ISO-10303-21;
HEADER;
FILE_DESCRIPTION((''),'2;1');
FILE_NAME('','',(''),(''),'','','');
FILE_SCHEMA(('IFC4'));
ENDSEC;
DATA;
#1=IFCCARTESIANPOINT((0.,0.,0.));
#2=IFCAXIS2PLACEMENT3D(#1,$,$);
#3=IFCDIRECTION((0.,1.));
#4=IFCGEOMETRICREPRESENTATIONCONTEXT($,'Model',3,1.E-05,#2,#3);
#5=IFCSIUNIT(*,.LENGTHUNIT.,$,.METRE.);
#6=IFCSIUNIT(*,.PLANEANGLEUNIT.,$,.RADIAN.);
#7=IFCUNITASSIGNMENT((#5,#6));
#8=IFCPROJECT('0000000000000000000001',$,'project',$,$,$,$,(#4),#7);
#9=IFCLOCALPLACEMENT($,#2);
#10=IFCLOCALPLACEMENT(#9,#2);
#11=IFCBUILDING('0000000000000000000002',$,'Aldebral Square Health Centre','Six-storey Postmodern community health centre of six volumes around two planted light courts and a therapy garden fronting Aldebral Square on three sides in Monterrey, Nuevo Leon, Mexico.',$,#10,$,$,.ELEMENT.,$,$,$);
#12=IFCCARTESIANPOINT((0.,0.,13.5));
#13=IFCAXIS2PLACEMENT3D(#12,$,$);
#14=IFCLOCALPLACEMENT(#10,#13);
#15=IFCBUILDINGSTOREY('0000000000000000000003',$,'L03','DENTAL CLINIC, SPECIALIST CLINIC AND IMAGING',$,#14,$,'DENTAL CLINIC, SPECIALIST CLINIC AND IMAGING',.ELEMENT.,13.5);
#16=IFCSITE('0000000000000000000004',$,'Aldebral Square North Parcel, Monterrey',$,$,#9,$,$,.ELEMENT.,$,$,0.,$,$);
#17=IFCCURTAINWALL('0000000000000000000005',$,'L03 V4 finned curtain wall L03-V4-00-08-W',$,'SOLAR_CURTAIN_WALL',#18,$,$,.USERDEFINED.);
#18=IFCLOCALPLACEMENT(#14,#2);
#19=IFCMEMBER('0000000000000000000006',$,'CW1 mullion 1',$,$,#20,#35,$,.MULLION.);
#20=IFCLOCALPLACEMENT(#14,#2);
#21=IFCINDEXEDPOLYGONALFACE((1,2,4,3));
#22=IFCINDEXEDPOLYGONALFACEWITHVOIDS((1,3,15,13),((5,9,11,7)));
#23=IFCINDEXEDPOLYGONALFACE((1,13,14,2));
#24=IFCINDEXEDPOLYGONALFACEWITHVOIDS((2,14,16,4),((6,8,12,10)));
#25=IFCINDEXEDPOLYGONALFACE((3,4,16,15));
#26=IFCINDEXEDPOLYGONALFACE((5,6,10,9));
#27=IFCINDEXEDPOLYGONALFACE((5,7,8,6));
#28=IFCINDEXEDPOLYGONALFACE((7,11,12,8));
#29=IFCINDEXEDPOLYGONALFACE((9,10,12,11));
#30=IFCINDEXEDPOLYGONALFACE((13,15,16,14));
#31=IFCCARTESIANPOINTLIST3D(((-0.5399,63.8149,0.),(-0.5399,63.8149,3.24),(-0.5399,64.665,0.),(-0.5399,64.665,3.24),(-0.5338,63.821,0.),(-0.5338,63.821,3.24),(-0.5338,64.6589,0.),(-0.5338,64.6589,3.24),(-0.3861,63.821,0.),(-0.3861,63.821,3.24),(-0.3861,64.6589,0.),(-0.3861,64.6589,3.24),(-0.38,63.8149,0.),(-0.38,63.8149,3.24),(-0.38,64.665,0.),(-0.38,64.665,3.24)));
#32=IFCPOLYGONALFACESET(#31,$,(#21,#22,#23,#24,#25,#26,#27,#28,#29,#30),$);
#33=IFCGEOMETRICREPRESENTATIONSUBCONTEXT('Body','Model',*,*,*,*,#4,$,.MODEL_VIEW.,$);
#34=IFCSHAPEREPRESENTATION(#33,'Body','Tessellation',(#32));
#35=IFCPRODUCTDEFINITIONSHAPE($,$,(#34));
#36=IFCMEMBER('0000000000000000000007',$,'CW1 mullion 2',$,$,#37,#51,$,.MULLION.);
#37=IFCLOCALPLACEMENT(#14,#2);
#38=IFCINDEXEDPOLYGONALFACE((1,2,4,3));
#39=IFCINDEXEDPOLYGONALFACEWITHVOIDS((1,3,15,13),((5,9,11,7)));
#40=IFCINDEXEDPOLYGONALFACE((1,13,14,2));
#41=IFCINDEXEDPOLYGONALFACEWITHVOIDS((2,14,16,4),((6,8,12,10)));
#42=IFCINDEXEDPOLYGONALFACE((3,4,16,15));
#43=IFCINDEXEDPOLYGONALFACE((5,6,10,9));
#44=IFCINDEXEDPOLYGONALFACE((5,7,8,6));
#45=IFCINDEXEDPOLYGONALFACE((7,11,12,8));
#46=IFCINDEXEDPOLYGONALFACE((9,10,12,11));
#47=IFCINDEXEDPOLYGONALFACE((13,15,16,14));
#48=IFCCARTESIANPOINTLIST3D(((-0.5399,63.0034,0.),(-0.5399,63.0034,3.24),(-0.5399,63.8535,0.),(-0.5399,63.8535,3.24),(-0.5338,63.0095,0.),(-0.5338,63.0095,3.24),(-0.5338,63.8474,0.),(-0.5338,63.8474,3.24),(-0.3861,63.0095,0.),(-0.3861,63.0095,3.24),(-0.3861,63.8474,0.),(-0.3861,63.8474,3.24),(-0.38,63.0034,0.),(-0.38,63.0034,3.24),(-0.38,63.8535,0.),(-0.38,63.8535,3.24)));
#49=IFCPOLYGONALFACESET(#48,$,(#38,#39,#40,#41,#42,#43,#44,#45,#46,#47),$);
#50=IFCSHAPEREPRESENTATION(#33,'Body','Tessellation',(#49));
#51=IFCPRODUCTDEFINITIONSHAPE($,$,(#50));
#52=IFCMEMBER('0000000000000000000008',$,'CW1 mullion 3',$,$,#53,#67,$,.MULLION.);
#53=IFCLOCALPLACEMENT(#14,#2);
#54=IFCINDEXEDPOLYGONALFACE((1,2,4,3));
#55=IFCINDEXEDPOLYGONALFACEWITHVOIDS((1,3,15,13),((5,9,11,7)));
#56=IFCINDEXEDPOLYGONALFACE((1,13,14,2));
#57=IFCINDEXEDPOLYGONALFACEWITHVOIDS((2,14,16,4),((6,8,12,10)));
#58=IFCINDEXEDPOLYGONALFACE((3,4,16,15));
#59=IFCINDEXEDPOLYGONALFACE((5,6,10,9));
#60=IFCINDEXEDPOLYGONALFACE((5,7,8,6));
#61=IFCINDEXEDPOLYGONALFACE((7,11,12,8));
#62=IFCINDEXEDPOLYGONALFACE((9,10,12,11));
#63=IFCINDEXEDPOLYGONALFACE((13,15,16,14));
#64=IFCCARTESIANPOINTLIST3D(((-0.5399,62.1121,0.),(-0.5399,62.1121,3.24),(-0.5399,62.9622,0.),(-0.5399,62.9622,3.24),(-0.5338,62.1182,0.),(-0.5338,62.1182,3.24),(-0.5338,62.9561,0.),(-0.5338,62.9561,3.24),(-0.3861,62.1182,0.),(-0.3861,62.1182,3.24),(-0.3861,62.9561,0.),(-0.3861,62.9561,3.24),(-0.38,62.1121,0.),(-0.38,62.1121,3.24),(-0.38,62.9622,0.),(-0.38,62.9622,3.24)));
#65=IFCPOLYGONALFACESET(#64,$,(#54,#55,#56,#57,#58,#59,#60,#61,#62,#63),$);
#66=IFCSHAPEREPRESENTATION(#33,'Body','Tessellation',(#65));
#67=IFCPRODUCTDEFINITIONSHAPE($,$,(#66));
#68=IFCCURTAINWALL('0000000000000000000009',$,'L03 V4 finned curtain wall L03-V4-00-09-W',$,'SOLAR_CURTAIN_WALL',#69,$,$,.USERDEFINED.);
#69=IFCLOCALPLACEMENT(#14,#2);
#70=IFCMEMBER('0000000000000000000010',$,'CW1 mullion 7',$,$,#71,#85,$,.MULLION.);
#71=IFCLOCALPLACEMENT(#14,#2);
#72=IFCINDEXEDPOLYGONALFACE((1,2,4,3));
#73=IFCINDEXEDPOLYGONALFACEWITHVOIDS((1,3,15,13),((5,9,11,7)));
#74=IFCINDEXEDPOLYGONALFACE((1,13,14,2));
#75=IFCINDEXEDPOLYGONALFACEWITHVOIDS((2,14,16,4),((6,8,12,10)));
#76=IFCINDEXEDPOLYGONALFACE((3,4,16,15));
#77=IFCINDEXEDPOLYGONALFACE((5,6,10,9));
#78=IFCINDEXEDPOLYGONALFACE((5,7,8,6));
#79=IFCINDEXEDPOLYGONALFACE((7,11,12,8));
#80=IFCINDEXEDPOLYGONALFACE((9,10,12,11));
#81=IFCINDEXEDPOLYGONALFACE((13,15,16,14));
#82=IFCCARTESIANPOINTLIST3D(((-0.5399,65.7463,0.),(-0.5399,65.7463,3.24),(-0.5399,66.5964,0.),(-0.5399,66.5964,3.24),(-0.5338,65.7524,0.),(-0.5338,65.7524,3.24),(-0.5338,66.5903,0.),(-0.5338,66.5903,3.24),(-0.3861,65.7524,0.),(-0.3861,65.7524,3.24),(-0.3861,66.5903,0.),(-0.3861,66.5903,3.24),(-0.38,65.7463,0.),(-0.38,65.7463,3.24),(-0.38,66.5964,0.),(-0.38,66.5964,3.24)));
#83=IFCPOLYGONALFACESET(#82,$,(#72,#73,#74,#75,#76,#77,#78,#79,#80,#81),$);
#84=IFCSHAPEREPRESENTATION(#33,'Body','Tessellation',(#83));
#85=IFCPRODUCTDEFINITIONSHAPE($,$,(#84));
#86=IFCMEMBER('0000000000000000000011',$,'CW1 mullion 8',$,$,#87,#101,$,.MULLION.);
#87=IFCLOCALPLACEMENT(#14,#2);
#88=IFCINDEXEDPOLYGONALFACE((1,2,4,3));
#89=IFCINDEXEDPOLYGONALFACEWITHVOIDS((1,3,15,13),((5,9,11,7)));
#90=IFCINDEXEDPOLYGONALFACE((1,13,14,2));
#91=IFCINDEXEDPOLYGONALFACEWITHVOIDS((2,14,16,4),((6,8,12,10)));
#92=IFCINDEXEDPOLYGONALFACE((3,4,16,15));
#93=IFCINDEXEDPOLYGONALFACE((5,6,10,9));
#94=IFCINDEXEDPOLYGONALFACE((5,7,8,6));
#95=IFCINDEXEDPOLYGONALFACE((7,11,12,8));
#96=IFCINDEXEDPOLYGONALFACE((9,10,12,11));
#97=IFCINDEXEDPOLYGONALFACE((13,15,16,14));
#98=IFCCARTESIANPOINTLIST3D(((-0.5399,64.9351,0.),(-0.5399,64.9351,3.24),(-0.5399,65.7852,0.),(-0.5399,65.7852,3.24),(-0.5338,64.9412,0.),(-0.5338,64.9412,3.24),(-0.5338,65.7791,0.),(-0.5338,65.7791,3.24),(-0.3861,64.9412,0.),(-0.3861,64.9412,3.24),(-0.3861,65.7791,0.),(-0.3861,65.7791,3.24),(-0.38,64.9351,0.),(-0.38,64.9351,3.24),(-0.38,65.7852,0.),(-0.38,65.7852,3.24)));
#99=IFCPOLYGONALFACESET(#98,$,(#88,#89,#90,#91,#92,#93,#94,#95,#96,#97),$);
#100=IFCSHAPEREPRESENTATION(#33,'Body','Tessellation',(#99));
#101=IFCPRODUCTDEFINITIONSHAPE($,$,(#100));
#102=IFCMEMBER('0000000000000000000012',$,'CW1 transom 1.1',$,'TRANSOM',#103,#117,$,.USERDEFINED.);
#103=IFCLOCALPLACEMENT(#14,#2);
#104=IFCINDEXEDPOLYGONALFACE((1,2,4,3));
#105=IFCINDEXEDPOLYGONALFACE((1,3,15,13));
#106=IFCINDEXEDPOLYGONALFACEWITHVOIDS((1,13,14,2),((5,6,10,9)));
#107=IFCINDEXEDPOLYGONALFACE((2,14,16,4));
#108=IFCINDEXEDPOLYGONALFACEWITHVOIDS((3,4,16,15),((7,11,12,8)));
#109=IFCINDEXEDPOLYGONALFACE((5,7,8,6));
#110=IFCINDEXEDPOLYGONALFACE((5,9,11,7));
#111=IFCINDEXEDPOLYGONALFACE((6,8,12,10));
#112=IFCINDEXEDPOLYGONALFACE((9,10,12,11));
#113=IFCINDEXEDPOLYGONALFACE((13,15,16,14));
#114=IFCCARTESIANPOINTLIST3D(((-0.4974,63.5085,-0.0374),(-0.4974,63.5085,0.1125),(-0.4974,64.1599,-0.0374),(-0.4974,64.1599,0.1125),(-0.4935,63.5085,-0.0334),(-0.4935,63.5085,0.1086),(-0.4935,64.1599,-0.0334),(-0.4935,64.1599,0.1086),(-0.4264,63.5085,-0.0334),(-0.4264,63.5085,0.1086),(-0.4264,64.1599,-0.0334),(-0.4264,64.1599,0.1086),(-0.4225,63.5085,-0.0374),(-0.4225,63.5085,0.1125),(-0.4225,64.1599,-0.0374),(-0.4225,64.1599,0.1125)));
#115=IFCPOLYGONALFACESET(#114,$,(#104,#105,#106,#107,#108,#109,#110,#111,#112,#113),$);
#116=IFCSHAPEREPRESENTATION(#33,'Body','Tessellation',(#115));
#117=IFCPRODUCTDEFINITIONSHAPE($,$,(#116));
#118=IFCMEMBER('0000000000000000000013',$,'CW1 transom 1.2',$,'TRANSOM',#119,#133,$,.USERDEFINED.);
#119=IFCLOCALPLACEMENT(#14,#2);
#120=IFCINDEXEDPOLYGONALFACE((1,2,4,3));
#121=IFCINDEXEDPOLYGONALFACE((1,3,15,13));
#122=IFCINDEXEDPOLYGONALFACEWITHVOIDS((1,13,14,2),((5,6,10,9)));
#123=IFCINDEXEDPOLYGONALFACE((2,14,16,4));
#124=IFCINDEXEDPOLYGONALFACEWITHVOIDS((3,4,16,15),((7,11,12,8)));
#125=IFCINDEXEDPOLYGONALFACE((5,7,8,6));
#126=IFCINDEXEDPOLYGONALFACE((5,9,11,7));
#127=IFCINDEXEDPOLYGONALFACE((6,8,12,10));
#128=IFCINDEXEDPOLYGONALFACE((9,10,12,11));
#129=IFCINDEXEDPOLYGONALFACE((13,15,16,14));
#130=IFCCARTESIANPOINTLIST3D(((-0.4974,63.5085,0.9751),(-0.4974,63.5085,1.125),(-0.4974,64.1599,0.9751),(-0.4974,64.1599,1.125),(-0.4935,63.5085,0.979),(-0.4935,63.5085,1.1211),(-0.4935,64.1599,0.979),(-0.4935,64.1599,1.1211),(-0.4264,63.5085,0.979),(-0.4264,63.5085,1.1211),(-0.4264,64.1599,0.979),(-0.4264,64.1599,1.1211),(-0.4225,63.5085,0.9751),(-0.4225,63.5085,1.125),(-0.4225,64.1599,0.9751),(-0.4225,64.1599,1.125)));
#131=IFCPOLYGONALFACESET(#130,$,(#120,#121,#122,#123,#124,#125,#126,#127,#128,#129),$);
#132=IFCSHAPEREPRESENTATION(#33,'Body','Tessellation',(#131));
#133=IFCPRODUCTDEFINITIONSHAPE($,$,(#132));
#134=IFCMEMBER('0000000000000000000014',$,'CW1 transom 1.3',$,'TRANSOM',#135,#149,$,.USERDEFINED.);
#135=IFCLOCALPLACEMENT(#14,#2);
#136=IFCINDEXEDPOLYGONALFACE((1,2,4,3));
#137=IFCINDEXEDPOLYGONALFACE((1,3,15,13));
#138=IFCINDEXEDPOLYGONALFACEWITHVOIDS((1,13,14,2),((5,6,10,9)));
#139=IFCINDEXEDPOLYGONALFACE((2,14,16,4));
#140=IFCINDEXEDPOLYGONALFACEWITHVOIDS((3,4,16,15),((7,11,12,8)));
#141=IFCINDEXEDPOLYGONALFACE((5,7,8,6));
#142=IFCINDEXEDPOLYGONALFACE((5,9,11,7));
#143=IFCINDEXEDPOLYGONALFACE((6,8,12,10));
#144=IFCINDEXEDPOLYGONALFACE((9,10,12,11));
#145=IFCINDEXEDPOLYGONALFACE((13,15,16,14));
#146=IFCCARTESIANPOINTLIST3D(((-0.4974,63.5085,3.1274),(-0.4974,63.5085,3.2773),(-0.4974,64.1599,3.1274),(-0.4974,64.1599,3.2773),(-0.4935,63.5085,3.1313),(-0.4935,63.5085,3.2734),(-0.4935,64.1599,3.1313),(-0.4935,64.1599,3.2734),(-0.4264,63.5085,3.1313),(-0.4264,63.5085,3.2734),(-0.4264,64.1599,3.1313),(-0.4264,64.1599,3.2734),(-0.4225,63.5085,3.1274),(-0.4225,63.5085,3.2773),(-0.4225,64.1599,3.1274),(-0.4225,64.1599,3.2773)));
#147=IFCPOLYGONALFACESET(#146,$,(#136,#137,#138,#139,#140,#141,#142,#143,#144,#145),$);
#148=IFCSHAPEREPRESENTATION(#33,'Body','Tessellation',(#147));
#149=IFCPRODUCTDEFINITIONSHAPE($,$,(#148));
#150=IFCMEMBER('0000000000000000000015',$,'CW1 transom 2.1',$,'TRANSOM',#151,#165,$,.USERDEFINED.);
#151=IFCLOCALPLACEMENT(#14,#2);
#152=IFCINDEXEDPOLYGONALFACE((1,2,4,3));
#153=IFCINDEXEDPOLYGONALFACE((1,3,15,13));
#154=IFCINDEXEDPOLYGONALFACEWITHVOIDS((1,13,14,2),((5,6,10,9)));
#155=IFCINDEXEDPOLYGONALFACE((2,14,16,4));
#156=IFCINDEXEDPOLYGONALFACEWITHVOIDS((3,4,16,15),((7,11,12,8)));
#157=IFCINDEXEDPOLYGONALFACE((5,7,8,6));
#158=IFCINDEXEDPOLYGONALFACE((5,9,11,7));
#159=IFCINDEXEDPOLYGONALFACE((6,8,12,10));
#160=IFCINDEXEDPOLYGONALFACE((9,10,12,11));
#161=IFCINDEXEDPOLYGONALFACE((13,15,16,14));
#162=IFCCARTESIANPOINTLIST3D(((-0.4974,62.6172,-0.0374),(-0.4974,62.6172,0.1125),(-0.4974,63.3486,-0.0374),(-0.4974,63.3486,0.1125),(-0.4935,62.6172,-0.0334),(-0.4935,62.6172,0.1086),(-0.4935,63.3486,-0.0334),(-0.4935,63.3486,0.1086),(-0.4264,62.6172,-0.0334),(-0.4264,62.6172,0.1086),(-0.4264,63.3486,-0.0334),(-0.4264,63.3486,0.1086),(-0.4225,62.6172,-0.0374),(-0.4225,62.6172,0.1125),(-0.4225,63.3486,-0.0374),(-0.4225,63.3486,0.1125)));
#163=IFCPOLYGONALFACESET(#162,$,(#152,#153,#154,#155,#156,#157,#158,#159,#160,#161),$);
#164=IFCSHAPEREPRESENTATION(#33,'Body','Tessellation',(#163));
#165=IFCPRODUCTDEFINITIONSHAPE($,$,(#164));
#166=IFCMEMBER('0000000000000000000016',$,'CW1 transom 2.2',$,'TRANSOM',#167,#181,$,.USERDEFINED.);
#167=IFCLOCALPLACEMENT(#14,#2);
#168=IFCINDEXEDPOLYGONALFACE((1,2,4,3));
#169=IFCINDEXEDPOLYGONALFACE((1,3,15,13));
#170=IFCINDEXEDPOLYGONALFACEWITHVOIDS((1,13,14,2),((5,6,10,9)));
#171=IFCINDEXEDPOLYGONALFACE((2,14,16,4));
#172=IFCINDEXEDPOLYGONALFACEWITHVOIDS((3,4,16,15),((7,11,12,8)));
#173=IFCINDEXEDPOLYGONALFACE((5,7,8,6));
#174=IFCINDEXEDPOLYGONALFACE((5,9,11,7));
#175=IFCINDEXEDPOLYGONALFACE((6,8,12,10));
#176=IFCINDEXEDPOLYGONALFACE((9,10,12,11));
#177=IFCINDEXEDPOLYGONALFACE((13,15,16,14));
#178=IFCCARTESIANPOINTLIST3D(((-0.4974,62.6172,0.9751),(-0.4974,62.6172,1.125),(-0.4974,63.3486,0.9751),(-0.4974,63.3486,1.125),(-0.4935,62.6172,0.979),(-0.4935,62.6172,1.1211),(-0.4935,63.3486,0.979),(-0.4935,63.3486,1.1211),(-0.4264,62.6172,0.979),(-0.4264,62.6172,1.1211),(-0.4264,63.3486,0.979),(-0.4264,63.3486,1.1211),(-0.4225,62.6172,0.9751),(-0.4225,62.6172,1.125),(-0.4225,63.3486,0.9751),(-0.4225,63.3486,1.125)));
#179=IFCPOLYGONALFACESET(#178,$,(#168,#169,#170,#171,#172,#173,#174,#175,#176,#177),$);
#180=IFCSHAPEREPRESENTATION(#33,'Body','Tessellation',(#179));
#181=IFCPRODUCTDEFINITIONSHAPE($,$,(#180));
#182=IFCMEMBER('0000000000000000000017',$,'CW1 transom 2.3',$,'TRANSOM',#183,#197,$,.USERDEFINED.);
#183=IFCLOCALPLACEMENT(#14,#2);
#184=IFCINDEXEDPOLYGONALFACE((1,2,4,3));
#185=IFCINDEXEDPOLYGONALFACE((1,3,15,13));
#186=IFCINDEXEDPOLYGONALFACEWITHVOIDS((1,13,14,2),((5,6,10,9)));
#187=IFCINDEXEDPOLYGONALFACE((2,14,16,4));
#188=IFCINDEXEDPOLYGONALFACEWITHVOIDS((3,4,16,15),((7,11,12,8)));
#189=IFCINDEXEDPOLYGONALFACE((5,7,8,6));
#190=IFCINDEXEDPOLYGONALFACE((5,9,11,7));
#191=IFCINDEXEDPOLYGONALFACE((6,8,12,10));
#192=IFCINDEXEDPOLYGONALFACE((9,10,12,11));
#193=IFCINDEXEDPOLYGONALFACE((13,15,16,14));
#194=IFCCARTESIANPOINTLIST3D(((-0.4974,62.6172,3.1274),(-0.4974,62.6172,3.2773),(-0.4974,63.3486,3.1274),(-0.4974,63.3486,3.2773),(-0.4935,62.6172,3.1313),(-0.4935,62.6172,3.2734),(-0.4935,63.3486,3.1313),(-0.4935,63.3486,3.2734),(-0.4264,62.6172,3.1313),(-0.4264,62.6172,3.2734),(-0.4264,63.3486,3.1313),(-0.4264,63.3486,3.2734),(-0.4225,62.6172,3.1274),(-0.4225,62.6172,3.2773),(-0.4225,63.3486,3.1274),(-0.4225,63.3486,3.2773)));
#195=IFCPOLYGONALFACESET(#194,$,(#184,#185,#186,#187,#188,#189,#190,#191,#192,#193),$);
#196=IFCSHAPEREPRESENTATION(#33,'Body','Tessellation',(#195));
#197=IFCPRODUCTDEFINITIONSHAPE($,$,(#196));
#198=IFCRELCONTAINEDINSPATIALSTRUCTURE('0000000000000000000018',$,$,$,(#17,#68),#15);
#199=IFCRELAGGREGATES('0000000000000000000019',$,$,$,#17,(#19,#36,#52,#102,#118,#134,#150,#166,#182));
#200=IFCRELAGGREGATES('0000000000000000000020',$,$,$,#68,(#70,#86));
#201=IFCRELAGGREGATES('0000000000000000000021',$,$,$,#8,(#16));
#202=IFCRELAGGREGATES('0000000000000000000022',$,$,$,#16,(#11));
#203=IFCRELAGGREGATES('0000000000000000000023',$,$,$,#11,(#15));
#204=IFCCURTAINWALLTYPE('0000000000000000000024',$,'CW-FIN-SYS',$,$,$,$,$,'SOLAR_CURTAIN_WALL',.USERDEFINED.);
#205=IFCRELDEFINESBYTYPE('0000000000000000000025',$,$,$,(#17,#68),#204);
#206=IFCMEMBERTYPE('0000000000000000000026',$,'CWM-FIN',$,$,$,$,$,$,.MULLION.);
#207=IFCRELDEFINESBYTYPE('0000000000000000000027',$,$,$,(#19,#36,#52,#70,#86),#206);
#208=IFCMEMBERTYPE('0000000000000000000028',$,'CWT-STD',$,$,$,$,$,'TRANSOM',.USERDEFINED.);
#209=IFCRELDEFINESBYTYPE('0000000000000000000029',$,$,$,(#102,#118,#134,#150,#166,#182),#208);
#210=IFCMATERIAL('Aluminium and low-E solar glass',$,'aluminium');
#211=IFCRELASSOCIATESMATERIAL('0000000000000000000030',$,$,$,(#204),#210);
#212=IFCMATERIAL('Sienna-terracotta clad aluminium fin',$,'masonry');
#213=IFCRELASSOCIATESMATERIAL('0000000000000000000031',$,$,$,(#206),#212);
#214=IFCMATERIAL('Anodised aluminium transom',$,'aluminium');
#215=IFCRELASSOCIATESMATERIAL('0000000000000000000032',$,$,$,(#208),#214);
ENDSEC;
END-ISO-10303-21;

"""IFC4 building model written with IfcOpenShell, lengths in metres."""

from ifc_helpers import new_model, si_unit, direction, frame, origin, origin_2d, place, context, subcontext, project, spatial, hollow_rectangle, extrude, material, material_profile, profile_set, type_object, element, aggregate, save


model = new_model("IFC4")

# Units and contexts
model_context = context("Model", 3, precision=1e-05, world=origin(), true_north=direction((0.0, 1.0)))
body_context = subcontext(model_context, "Body", "Model", "MODEL_VIEW")
ifc_project = project(units=[si_unit("LENGTHUNIT", "METRE"), si_unit("PLANEANGLEUNIT", "RADIAN")], contexts=[model_context])

# Site, building, storey
site_placement = place(None, origin())
site = spatial("IfcSite", under=ifc_project, at=site_placement, Name="Aldebral Square North Parcel, Monterrey", CompositionType="ELEMENT", RefElevation=0.0)
building_placement = place(site_placement, origin())
building = spatial("IfcBuilding", under=site, at=building_placement, Name="Aldebral Square Health Centre", Description="Six-storey Postmodern community health centre of six volumes around two planted light courts and a therapy garden fronting Aldebral Square on three sides in Monterrey, Nuevo Leon, Mexico.", CompositionType="ELEMENT")
storey_placement = place(building_placement, frame((0.0, 0.0, 13.5)))
storey = spatial("IfcBuildingStorey", under=building, at=storey_placement, Name="L03", Description="DENTAL CLINIC, SPECIALIST CLINIC AND IMAGING", LongName="DENTAL CLINIC, SPECIALIST CLINIC AND IMAGING", CompositionType="ELEMENT", Elevation=13.5)

# Curtain walls, members
ifc_material_1 = material(Name="Aluminium and low-E solar glass", Category="aluminium")
curtain_wall_type = type_object("IfcCurtainWallType", Name="CW-FIN-SYS", ElementType="SOLAR_CURTAIN_WALL", PredefinedType="USERDEFINED", material=ifc_material_1)
curtain_wall_1_placement = place(storey_placement, origin())
curtain_wall_1 = element("IfcCurtainWall", 1, at=curtain_wall_1_placement, inside=storey, type_object=curtain_wall_type, Name="L03 V4 finned curtain wall L03-V4-00-08-W", ObjectType="SOLAR_CURTAIN_WALL", PredefinedType="USERDEFINED")
ifc_material_2 = material(Name="Sienna-terracotta clad aluminium fin", Category="masonry")
ifc_material_profile_1 = material_profile(ifc_material_2, hollow_rectangle(XDim=0.1599, YDim=0.8501, WallThickness=0.0061, at=origin_2d()), Name="FIN 160x850x6")
ifc_profile_set_1 = profile_set([ifc_material_profile_1], Name="Sienna-terracotta clad aluminium fin")
member_type_1 = type_object("IfcMemberType", Name="CWM-FIN", PredefinedType="MULLION", material=ifc_profile_set_1)
member_1_placement = place(storey_placement, frame((-0.46, 64.24, 0.0), z_axis=(0.0, 0.0, 1.0), x_axis=(1.0, 0.0, 0.0)))
member_1 = element("IfcMember", 2, at=member_1_placement, type_object=member_type_1, Name="CW1 mullion 1", PredefinedType="MULLION", context=body_context, shape_type="SweptSolid", body=[
    extrude(hollow_rectangle(XDim=0.1599, YDim=0.8501, WallThickness=0.0061, at=origin_2d()), origin(), (0.0, 0.0, 1.0), 3.24),
])
member_2_placement = place(storey_placement, frame((-0.46, 63.4285, 0.0), z_axis=(0.0, 0.0, 1.0), x_axis=(1.0, 0.0, 0.0)))
member_2 = element("IfcMember", 3, at=member_2_placement, type_object=member_type_1, Name="CW1 mullion 2", PredefinedType="MULLION", context=body_context, shape_type="SweptSolid", body=[
    extrude(hollow_rectangle(XDim=0.1599, YDim=0.8501, WallThickness=0.0061, at=origin_2d()), origin(), (0.0, 0.0, 1.0), 3.24),
])
member_3_placement = place(storey_placement, frame((-0.46, 62.5371, 0.0), z_axis=(0.0, 0.0, 1.0), x_axis=(1.0, 0.0, 0.0)))
member_3 = element("IfcMember", 4, at=member_3_placement, type_object=member_type_1, Name="CW1 mullion 3", PredefinedType="MULLION", context=body_context, shape_type="SweptSolid", body=[
    extrude(hollow_rectangle(XDim=0.1599, YDim=0.8501, WallThickness=0.0061, at=origin_2d()), origin(), (0.0, 0.0, 1.0), 3.24),
])
curtain_wall_2_placement = place(storey_placement, origin())
curtain_wall_2 = element("IfcCurtainWall", 5, at=curtain_wall_2_placement, inside=storey, type_object=curtain_wall_type, Name="L03 V4 finned curtain wall L03-V4-00-09-W", ObjectType="SOLAR_CURTAIN_WALL", PredefinedType="USERDEFINED")
member_4_placement = place(storey_placement, frame((-0.46, 66.1714, 0.0), z_axis=(0.0, 0.0, 1.0), x_axis=(1.0, 0.0, 0.0)))
member_4 = element("IfcMember", 6, at=member_4_placement, type_object=member_type_1, Name="CW1 mullion 7", PredefinedType="MULLION", context=body_context, shape_type="SweptSolid", body=[
    extrude(hollow_rectangle(XDim=0.1599, YDim=0.8501, WallThickness=0.0061, at=origin_2d()), origin(), (0.0, 0.0, 1.0), 3.24),
])
member_5_placement = place(storey_placement, frame((-0.46, 65.3601, 0.0), z_axis=(0.0, 0.0, 1.0), x_axis=(1.0, 0.0, 0.0)))
member_5 = element("IfcMember", 7, at=member_5_placement, type_object=member_type_1, Name="CW1 mullion 8", PredefinedType="MULLION", context=body_context, shape_type="SweptSolid", body=[
    extrude(hollow_rectangle(XDim=0.1599, YDim=0.8501, WallThickness=0.0061, at=origin_2d()), origin(), (0.0, 0.0, 1.0), 3.24),
])

# Members
ifc_material_3 = material(Name="Anodised aluminium transom", Category="aluminium")
ifc_material_profile_2 = material_profile(ifc_material_3, hollow_rectangle(XDim=0.075, YDim=0.1499, WallThickness=0.0039, at=origin_2d()), Name="CWT 75x150x4")
ifc_profile_set_2 = profile_set([ifc_material_profile_2], Name="Anodised aluminium transom")
member_type_2 = type_object("IfcMemberType", Name="CWT-STD", ElementType="TRANSOM", PredefinedType="USERDEFINED", material=ifc_profile_set_2)
member_6_placement = place(storey_placement, frame((-0.46, 64.1599, 0.0376), z_axis=(0.0, -1.0, 0.0), x_axis=(1.0, 0.0, 0.0)))
member_6 = element("IfcMember", 8, at=member_6_placement, type_object=member_type_2, Name="CW1 transom 1.1", ObjectType="TRANSOM", PredefinedType="USERDEFINED", context=body_context, shape_type="SweptSolid", body=[
    extrude(hollow_rectangle(XDim=0.075, YDim=0.1499, WallThickness=0.0039, at=origin_2d()), origin(), (0.0, 0.0, 1.0), 0.6514),
])
member_7_placement = place(storey_placement, frame((-0.46, 64.1599, 1.05), z_axis=(0.0, -1.0, 0.0), x_axis=(1.0, 0.0, 0.0)))
member_7 = element("IfcMember", 9, at=member_7_placement, type_object=member_type_2, Name="CW1 transom 1.2", ObjectType="TRANSOM", PredefinedType="USERDEFINED", context=body_context, shape_type="SweptSolid", body=[
    extrude(hollow_rectangle(XDim=0.075, YDim=0.1499, WallThickness=0.0039, at=origin_2d()), origin(), (0.0, 0.0, 1.0), 0.6514),
])
member_8_placement = place(storey_placement, frame((-0.46, 64.1599, 3.2024), z_axis=(0.0, -1.0, 0.0), x_axis=(1.0, 0.0, 0.0)))
member_8 = element("IfcMember", 10, at=member_8_placement, type_object=member_type_2, Name="CW1 transom 1.3", ObjectType="TRANSOM", PredefinedType="USERDEFINED", context=body_context, shape_type="SweptSolid", body=[
    extrude(hollow_rectangle(XDim=0.075, YDim=0.1499, WallThickness=0.0039, at=origin_2d()), origin(), (0.0, 0.0, 1.0), 0.6514),
])
member_9_placement = place(storey_placement, frame((-0.46, 63.3486, 0.0376), z_axis=(0.0, -1.0, 0.0), x_axis=(1.0, 0.0, 0.0)))
member_9 = element("IfcMember", 11, at=member_9_placement, type_object=member_type_2, Name="CW1 transom 2.1", ObjectType="TRANSOM", PredefinedType="USERDEFINED", context=body_context, shape_type="SweptSolid", body=[
    extrude(hollow_rectangle(XDim=0.075, YDim=0.1499, WallThickness=0.0039, at=origin_2d()), origin(), (0.0, 0.0, 1.0), 0.7314),
])
member_10_placement = place(storey_placement, frame((-0.46, 63.3486, 1.05), z_axis=(0.0, -1.0, 0.0), x_axis=(1.0, 0.0, 0.0)))
member_10 = element("IfcMember", 12, at=member_10_placement, type_object=member_type_2, Name="CW1 transom 2.2", ObjectType="TRANSOM", PredefinedType="USERDEFINED", context=body_context, shape_type="SweptSolid", body=[
    extrude(hollow_rectangle(XDim=0.075, YDim=0.1499, WallThickness=0.0039, at=origin_2d()), origin(), (0.0, 0.0, 1.0), 0.7314),
])
member_11_placement = place(storey_placement, frame((-0.46, 63.3486, 3.2024), z_axis=(0.0, -1.0, 0.0), x_axis=(1.0, 0.0, 0.0)))
member_11 = element("IfcMember", 13, at=member_11_placement, type_object=member_type_2, Name="CW1 transom 2.3", ObjectType="TRANSOM", PredefinedType="USERDEFINED", context=body_context, shape_type="SweptSolid", body=[
    extrude(hollow_rectangle(XDim=0.075, YDim=0.1499, WallThickness=0.0039, at=origin_2d()), origin(), (0.0, 0.0, 1.0), 0.7314),
])

aggregate(curtain_wall_1, [member_1, member_2, member_3, member_6, member_7, member_8, member_9, member_10, member_11])
aggregate(curtain_wall_2, [member_4, member_5])

save(model, "model.ifc")
